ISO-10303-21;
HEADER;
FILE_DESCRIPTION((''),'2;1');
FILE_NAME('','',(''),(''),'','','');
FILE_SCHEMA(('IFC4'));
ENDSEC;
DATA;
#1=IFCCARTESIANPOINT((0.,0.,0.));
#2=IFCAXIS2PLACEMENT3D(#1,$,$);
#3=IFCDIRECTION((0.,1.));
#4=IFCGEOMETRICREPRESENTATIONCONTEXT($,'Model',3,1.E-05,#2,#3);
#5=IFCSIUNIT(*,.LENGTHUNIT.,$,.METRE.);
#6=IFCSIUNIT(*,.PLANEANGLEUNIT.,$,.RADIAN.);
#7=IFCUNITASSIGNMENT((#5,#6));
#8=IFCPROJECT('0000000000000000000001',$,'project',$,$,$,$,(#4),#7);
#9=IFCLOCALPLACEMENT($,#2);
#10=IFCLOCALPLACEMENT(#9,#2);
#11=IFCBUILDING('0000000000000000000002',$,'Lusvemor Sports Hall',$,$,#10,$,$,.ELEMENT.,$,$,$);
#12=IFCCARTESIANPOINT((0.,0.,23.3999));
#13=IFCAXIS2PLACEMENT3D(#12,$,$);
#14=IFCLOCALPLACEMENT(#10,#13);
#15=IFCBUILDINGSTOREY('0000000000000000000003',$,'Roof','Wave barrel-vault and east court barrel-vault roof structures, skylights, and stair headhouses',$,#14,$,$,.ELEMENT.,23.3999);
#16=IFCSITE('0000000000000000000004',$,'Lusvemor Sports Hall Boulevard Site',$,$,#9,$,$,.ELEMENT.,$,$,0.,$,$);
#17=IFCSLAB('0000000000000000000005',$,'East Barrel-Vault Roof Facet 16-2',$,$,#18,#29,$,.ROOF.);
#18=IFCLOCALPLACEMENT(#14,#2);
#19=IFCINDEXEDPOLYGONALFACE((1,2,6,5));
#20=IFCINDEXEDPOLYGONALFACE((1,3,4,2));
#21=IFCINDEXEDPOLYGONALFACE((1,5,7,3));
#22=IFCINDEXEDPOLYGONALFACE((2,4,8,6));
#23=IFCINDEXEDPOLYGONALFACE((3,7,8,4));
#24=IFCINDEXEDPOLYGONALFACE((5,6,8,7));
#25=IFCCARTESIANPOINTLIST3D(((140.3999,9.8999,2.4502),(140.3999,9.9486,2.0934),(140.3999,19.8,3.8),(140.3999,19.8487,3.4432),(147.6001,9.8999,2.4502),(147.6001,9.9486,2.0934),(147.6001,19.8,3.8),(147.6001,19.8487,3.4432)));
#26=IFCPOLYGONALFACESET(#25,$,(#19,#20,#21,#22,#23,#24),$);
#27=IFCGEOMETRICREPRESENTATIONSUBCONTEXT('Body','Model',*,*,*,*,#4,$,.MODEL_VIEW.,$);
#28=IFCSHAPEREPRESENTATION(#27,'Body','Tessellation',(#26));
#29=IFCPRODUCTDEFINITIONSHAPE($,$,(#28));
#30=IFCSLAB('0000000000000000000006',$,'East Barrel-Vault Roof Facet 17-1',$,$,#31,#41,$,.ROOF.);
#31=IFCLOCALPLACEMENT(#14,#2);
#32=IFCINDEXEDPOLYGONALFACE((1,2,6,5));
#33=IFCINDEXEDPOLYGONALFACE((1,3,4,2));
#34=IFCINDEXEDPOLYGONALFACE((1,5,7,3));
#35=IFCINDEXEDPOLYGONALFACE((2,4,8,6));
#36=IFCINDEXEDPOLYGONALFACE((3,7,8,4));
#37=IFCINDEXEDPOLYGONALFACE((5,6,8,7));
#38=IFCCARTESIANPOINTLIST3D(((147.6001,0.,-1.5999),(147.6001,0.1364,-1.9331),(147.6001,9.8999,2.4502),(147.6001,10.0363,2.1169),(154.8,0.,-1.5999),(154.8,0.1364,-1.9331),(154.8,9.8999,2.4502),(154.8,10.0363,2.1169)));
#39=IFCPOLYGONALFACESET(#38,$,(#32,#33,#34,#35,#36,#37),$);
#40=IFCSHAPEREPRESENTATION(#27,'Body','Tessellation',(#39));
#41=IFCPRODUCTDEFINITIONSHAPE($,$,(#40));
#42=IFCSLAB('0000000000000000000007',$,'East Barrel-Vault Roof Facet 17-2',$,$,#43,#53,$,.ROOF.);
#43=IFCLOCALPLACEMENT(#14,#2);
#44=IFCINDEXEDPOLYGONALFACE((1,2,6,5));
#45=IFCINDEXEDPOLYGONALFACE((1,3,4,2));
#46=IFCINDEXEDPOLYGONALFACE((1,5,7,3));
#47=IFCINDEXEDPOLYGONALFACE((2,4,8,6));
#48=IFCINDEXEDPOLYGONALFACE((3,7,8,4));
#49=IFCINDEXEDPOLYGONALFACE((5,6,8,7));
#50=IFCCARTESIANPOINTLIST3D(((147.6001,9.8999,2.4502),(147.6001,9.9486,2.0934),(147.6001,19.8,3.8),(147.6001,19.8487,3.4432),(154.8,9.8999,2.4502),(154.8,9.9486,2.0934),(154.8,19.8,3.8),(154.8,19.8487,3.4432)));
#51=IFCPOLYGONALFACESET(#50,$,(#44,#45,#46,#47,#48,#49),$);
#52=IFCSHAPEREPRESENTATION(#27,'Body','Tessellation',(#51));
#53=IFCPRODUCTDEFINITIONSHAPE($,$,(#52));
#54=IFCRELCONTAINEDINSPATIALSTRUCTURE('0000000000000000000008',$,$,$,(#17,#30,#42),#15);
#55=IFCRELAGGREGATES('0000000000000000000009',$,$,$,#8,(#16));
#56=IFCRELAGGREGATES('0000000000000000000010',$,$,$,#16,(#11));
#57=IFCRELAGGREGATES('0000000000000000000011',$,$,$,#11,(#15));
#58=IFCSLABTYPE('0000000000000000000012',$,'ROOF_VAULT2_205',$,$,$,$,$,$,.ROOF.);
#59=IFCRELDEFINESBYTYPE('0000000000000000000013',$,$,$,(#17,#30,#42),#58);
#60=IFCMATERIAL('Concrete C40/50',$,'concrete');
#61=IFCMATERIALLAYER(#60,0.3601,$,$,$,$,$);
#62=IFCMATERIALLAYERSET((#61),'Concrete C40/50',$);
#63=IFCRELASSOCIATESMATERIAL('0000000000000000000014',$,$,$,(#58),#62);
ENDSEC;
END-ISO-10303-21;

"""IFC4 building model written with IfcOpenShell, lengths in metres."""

from ifc_helpers import new_model, si_unit, direction, frame, origin, place, context, subcontext, project, spatial, polyline, outline, extrude, material, layer, layer_set, type_object, element, save


model = new_model("IFC4")

# Units and contexts
model_context = context("Model", 3, precision=1e-05, world=origin(), true_north=direction((0.0, 1.0)))
body_context = subcontext(model_context, "Body", "Model", "MODEL_VIEW")
ifc_project = project(units=[si_unit("LENGTHUNIT", "METRE"), si_unit("PLANEANGLEUNIT", "RADIAN")], contexts=[model_context])

# Site, building, storey
site_placement = place(None, origin())
site = spatial("IfcSite", under=ifc_project, at=site_placement, Name="Lusvemor Sports Hall Boulevard Site", CompositionType="ELEMENT", RefElevation=0.0)
building_placement = place(site_placement, origin())
building = spatial("IfcBuilding", under=site, at=building_placement, Name="Lusvemor Sports Hall", CompositionType="ELEMENT")
storey_placement = place(building_placement, frame((0.0, 0.0, 23.3999)))
storey = spatial("IfcBuildingStorey", under=building, at=storey_placement, Name="Roof", Description="Wave barrel-vault and east court barrel-vault roof structures, skylights, and stair headhouses", CompositionType="ELEMENT", Elevation=23.3999)

# Slabs
ifc_material_1 = material(Name="Concrete C40/50", Category="concrete")
ifc_layer_1 = layer(ifc_material_1, 0.3601)
ifc_layer_set_1 = layer_set([ifc_layer_1], Name="Concrete C40/50")
slab_type = type_object("IfcSlabType", Name="ROOF_VAULT2_205", PredefinedType="ROOF", material=ifc_layer_set_1)
slab_1_placement = place(storey_placement, frame((140.3999, 9.8999, 2.4502), z_axis=(0.0, -0.135097, 0.990832), x_axis=(1.0, 0.0, 0.0)))
element("IfcSlab", 1, at=slab_1_placement, inside=storey, type_object=slab_type, Name="East Barrel-Vault Roof Facet 16-2", PredefinedType="ROOF", context=body_context, shape_type="SweptSolid", body=[
    extrude(outline(polyline([(0.0, 0.0), (7.2002, 0.0), (7.2002, 9.9917), (0.0, 9.9917), (0.0, 0.0)])), origin(), (0.0, 0.0, -1.0), 0.3601),
])
slab_2_placement = place(storey_placement, frame((147.6001, 0.0, -1.5999), z_axis=(0.0, -0.37864, 0.925544), x_axis=(1.0, 0.0, 0.0)))
element("IfcSlab", 2, at=slab_2_placement, inside=storey, type_object=slab_type, Name="East Barrel-Vault Roof Facet 17-1", PredefinedType="ROOF", context=body_context, shape_type="SweptSolid", body=[
    extrude(outline(polyline([(0.0, 0.0), (7.2, 0.0), (7.2, 10.6963), (0.0, 10.6963), (0.0, 0.0)])), origin(), (0.0, 0.0, -1.0), 0.3601),
])
slab_3_placement = place(storey_placement, frame((147.6001, 9.8999, 2.4502), z_axis=(0.0, -0.135097, 0.990832), x_axis=(1.0, 0.0, 0.0)))
element("IfcSlab", 3, at=slab_3_placement, inside=storey, type_object=slab_type, Name="East Barrel-Vault Roof Facet 17-2", PredefinedType="ROOF", context=body_context, shape_type="SweptSolid", body=[
    extrude(outline(polyline([(0.0, 0.0), (7.2, 0.0), (7.2, 9.9917), (0.0, 9.9917), (0.0, 0.0)])), origin(), (0.0, 0.0, -1.0), 0.3601),
])

save(model, "model.ifc")
